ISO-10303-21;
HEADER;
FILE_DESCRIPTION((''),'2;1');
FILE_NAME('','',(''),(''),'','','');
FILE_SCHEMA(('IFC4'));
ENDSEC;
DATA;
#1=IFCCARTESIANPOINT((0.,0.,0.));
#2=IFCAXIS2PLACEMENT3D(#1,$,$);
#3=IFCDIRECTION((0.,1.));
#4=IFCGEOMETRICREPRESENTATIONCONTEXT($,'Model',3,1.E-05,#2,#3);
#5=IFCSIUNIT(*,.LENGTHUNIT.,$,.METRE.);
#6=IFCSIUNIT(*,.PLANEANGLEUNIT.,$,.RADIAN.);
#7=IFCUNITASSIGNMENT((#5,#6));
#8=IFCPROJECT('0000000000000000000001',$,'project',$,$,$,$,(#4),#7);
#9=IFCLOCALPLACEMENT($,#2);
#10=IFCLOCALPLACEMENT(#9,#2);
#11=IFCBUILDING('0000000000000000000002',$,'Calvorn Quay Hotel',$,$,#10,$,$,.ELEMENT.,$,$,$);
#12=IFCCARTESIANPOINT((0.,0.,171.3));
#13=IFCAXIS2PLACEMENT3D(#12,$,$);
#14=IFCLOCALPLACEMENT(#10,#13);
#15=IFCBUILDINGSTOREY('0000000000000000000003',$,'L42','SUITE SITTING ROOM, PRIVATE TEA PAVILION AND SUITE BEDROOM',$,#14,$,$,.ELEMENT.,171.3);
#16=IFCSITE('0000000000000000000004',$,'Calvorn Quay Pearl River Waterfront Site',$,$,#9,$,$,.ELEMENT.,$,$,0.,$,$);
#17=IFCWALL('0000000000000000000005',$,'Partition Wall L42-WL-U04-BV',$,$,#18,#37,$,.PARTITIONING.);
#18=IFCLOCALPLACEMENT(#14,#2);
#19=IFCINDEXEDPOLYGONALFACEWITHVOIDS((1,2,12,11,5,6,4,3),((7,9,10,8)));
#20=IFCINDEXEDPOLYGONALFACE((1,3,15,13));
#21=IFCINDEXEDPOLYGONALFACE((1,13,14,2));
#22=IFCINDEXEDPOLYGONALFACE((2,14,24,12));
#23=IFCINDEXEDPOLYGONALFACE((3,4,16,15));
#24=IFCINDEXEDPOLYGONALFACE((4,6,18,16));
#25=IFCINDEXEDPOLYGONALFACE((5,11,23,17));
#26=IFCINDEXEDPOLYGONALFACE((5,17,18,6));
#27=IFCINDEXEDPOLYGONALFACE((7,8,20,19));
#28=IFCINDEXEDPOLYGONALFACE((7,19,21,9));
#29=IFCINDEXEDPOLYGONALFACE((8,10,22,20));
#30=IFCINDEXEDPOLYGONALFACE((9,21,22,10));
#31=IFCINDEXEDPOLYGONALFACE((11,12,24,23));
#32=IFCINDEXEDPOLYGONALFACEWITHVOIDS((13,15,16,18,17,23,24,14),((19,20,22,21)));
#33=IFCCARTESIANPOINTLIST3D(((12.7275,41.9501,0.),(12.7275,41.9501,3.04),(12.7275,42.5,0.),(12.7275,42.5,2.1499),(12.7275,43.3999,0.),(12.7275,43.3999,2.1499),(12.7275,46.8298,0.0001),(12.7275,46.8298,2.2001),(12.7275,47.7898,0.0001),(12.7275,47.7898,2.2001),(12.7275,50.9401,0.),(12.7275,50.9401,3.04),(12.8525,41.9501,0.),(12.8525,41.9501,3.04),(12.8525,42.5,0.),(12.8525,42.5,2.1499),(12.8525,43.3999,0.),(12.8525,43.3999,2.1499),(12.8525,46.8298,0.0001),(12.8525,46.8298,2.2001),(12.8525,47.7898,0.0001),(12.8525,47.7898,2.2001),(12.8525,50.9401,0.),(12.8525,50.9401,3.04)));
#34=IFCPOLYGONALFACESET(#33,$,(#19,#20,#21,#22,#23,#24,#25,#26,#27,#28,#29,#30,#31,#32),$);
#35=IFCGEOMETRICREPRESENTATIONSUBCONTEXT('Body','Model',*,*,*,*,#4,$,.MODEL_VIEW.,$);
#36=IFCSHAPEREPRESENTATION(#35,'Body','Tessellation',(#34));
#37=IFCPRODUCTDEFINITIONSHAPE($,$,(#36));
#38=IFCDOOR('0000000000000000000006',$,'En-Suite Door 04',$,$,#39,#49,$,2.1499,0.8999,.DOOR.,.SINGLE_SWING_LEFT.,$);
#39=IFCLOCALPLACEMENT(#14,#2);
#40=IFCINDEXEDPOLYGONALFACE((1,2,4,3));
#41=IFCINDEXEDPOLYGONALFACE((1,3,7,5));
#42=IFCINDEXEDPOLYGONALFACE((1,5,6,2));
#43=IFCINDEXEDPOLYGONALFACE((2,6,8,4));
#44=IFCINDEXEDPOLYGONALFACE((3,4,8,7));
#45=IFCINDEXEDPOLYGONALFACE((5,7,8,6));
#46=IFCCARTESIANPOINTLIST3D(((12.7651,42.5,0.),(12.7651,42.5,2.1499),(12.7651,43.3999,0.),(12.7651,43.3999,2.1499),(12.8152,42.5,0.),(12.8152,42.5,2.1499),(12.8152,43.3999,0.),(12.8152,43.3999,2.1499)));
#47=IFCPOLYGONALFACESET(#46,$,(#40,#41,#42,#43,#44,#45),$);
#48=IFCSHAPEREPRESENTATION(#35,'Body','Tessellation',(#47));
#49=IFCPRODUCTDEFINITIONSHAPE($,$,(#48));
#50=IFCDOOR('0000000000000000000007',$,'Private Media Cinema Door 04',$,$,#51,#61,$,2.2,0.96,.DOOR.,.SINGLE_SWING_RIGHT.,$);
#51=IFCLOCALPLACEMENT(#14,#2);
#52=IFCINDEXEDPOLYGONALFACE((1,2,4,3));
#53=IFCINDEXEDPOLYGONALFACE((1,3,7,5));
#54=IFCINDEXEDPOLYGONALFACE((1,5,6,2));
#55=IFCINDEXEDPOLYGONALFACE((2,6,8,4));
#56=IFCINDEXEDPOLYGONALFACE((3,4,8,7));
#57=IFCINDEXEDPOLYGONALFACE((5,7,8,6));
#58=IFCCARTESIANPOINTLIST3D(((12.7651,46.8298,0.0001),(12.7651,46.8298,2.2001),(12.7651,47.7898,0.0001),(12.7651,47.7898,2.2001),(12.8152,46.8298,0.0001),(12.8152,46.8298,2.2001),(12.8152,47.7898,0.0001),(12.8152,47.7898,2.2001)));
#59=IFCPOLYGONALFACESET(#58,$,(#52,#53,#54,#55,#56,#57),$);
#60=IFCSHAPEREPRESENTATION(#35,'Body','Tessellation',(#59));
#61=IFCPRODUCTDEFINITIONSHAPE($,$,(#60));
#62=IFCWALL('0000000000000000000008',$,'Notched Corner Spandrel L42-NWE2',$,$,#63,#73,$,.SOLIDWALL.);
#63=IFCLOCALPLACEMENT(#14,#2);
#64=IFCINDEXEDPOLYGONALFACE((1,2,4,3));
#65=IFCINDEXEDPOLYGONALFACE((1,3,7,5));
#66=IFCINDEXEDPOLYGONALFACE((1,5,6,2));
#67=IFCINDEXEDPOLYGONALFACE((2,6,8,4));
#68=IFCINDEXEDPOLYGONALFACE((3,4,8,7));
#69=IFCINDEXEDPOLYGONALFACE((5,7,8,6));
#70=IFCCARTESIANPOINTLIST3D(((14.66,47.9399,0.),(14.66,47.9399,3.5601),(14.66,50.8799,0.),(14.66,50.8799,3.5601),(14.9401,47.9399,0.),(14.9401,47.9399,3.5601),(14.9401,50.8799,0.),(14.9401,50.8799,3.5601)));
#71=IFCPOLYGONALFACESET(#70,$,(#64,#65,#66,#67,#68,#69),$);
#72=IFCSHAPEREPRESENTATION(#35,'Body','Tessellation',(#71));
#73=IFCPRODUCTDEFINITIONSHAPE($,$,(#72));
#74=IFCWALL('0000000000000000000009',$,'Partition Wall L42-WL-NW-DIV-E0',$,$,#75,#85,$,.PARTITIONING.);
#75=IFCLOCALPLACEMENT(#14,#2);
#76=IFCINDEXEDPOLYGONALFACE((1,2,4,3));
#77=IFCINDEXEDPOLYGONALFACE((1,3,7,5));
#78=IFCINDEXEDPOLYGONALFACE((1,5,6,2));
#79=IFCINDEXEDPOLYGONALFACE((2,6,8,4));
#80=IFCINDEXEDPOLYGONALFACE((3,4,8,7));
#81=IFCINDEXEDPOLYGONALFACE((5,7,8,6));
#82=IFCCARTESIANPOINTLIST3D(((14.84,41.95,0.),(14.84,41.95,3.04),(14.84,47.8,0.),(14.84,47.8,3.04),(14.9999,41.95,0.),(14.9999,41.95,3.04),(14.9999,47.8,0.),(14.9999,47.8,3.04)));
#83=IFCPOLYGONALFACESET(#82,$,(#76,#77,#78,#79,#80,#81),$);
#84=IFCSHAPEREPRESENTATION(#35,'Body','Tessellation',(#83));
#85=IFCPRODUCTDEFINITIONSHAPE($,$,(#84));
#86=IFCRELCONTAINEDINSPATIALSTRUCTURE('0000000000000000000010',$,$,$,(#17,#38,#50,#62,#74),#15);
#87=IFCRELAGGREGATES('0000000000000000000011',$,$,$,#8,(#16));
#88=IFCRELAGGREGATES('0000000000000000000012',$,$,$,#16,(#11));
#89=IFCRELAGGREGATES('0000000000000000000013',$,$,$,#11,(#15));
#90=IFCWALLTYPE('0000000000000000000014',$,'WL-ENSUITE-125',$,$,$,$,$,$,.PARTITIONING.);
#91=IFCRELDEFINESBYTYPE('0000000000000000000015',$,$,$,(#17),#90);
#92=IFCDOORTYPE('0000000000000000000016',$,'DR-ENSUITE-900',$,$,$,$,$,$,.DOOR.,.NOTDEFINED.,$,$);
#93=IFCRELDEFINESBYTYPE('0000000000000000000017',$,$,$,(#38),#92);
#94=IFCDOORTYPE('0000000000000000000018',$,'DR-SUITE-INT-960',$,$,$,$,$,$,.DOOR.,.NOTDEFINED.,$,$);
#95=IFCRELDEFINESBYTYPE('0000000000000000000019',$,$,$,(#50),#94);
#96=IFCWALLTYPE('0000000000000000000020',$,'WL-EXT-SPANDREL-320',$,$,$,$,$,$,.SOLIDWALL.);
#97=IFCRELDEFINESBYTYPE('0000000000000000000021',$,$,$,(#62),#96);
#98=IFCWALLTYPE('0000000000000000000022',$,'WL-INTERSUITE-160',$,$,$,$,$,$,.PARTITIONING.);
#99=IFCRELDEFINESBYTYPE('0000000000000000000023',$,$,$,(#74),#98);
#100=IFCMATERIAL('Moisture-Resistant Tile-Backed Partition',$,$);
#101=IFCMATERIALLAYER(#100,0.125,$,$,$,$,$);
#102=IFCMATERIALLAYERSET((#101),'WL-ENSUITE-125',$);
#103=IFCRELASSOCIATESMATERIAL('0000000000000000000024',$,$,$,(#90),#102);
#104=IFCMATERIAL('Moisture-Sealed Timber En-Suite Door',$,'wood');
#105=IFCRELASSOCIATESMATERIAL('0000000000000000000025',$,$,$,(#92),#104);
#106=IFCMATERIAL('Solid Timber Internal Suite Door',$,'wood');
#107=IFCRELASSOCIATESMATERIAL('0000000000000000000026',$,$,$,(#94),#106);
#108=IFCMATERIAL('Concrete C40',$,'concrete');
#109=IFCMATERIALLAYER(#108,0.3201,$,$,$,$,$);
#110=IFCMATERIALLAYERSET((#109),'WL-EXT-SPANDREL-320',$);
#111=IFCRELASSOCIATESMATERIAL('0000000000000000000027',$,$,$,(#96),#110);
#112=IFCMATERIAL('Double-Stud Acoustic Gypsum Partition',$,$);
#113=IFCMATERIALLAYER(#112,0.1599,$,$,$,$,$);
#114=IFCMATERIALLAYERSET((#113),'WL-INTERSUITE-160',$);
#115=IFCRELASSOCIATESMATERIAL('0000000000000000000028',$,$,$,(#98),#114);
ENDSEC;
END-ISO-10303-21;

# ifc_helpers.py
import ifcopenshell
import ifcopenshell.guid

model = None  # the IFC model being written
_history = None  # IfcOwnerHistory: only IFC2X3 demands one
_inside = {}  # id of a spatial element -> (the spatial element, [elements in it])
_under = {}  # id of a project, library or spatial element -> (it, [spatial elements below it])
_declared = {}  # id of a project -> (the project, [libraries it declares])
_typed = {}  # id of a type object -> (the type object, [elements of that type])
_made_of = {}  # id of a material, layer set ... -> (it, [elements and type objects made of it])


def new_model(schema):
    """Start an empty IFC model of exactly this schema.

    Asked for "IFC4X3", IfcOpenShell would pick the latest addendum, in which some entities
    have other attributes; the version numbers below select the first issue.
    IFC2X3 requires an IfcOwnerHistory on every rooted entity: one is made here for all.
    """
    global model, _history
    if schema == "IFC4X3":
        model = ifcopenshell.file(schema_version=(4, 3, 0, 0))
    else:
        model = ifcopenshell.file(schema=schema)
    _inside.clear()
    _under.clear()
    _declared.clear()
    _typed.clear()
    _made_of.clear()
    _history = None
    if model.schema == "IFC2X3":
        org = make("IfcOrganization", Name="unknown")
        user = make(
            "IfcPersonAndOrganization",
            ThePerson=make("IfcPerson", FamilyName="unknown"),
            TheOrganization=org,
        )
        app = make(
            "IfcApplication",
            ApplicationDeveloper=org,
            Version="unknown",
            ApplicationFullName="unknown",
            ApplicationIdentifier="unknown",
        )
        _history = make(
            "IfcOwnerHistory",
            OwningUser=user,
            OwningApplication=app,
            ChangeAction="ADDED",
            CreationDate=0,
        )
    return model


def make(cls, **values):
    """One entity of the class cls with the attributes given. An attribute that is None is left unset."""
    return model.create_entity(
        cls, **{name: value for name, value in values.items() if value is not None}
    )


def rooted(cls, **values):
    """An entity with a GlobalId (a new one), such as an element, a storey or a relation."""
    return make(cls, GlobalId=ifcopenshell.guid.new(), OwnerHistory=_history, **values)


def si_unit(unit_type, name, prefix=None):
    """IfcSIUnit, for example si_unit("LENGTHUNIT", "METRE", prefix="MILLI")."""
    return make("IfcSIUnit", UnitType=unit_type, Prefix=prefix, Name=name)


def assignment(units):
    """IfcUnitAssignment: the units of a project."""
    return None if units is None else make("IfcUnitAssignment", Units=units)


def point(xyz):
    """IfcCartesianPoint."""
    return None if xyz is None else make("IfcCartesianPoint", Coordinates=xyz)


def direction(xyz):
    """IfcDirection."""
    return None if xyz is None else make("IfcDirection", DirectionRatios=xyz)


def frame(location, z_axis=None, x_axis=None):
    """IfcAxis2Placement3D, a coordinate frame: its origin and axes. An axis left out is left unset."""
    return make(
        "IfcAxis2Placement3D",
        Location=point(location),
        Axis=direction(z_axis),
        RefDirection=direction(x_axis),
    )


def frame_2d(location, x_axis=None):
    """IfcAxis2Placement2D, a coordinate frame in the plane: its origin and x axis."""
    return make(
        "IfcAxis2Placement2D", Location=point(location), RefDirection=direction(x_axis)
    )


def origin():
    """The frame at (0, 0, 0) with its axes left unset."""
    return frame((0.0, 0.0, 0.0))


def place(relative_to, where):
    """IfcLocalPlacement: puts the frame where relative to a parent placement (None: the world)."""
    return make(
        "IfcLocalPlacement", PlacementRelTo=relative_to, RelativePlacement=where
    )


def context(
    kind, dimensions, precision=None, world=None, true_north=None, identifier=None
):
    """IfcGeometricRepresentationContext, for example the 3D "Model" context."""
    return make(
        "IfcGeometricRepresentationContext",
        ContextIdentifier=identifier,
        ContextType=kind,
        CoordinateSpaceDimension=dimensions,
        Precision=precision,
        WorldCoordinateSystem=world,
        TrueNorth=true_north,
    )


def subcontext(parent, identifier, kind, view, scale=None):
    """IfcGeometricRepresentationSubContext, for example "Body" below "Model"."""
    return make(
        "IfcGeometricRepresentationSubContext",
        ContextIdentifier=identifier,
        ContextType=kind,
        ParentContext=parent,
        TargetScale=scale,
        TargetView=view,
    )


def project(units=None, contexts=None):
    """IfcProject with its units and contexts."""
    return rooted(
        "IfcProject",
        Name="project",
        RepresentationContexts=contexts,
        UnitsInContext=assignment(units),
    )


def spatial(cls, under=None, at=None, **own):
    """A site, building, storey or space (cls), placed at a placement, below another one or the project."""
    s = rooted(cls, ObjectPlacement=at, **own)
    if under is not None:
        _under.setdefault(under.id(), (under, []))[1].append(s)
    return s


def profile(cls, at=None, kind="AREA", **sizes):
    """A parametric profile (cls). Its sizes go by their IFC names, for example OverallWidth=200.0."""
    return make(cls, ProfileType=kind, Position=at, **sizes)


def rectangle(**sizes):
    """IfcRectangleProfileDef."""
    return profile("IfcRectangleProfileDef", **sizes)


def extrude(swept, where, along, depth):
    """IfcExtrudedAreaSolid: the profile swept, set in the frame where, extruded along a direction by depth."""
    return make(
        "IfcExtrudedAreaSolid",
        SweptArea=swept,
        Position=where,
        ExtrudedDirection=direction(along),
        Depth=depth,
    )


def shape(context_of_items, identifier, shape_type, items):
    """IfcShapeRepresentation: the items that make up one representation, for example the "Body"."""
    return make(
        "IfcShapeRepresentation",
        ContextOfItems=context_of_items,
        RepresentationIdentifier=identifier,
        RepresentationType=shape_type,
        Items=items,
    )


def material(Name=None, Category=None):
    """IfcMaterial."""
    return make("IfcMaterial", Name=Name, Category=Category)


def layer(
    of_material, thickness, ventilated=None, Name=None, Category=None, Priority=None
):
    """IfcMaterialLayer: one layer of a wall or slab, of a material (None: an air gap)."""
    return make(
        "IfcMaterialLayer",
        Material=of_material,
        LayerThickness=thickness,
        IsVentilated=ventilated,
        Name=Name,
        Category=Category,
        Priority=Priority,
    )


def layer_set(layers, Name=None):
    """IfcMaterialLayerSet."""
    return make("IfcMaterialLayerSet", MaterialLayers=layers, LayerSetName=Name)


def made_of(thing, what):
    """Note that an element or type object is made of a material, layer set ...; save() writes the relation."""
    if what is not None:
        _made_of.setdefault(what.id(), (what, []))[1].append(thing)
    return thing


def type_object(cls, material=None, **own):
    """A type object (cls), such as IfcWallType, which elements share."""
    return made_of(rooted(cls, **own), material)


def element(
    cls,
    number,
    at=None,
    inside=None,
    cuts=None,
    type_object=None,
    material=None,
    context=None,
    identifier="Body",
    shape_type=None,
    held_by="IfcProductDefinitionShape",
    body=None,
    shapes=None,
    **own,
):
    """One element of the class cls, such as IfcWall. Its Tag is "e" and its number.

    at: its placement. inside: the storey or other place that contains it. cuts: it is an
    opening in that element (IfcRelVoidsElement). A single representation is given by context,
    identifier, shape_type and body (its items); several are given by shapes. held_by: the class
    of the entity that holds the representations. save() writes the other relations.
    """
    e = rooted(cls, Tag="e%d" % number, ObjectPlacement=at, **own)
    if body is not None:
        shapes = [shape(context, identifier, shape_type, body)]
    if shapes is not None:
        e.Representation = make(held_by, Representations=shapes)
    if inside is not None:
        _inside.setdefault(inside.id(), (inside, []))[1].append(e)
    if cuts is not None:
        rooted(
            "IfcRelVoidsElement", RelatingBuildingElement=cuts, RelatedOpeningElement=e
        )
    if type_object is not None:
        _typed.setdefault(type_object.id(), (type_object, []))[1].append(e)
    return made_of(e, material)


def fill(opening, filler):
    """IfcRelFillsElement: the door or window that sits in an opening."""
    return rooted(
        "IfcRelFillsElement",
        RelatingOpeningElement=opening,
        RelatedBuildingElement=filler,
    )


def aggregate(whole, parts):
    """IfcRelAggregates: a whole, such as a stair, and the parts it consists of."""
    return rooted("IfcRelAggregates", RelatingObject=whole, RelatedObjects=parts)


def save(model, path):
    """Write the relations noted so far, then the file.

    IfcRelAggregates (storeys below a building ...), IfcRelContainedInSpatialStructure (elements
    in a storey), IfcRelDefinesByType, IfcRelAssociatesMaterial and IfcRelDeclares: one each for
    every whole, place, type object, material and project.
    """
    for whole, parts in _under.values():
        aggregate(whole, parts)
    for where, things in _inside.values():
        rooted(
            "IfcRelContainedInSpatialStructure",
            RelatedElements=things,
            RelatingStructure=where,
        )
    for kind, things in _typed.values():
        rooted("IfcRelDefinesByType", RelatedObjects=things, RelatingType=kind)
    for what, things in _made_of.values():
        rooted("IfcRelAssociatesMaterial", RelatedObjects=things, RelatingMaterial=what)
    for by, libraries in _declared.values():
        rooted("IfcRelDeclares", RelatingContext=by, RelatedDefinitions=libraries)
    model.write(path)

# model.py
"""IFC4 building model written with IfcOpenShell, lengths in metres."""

from ifc_helpers import new_model, si_unit, direction, frame, frame_2d, origin, place, context, subcontext, project, spatial, rectangle, extrude, material, layer, layer_set, type_object, element, fill, save


model = new_model("IFC4")

# Units and contexts
model_context = context("Model", 3, precision=1e-05, world=origin(), true_north=direction((0.0, 1.0)))
body_context = subcontext(model_context, "Body", "Model", "MODEL_VIEW")
ifc_project = project(units=[si_unit("LENGTHUNIT", "METRE"), si_unit("PLANEANGLEUNIT", "RADIAN")], contexts=[model_context])

# Site, building, storey
site_placement = place(None, origin())
site = spatial("IfcSite", under=ifc_project, at=site_placement, Name="Calvorn Quay Pearl River Waterfront Site", CompositionType="ELEMENT", RefElevation=0.0)
building_placement = place(site_placement, origin())
building = spatial("IfcBuilding", under=site, at=building_placement, Name="Calvorn Quay Hotel", CompositionType="ELEMENT")
storey_placement = place(building_placement, frame((0.0, 0.0, 171.3)))
storey = spatial("IfcBuildingStorey", under=building, at=storey_placement, Name="L42", Description="SUITE SITTING ROOM, PRIVATE TEA PAVILION AND SUITE BEDROOM", CompositionType="ELEMENT", Elevation=171.3)

# Shared definitions
ifc_material_1 = material(Name="Moisture-Resistant Tile-Backed Partition")
ifc_layer_1 = layer(ifc_material_1, 0.125)
ifc_layer_set_1 = layer_set([ifc_layer_1], Name="WL-ENSUITE-125")
wall_type_1 = type_object("IfcWallType", Name="WL-ENSUITE-125", PredefinedType="PARTITIONING", material=ifc_layer_set_1)

# Wall, openings, doors
wall_1_placement = place(storey_placement, frame((12.79, 41.95, 0.0), z_axis=(0.0, 0.0, 1.0), x_axis=(0.0, 1.0, 0.0)))
wall_1 = element("IfcWall", 1, at=wall_1_placement, inside=storey, type_object=wall_type_1, Name="Partition Wall L42-WL-U04-BV", PredefinedType="PARTITIONING", context=body_context, shape_type="SweptSolid", body=[
    extrude(rectangle(XDim=8.99, YDim=0.125, at=frame_2d((4.4951, 0.0))), origin(), (0.0, 0.0, 1.0), 3.04),
])
opening_1_placement = place(wall_1_placement, frame((0.55, 0.0, 0.0)))
opening_1 = element("IfcOpeningElement", 2, at=opening_1_placement, cuts=wall_1, PredefinedType="OPENING", context=body_context, shape_type="SweptSolid", body=[
    extrude(rectangle(XDim=0.8999, YDim=2.1499, at=frame_2d((0.45, 1.075))), frame((0.0, 0.0725, 0.0), z_axis=(0.0, -1.0, 0.0), x_axis=(1.0, 0.0, 0.0)), (0.0, 0.0, 1.0), 0.145),
])
opening_2_placement = place(wall_1_placement, frame((4.8799, 0.0, 0.0)))
opening_2 = element("IfcOpeningElement", 3, at=opening_2_placement, cuts=wall_1, PredefinedType="OPENING", context=body_context, shape_type="SweptSolid", body=[
    extrude(rectangle(XDim=0.96, YDim=2.2, at=frame_2d((0.48, 1.1001))), frame((0.0, 0.0725, 0.0), z_axis=(0.0, -1.0, 0.0), x_axis=(1.0, 0.0, 0.0)), (0.0, 0.0, 1.0), 0.145),
])
ifc_material_2 = material(Name="Moisture-Sealed Timber En-Suite Door", Category="wood")
door_type_1 = type_object("IfcDoorType", Name="DR-ENSUITE-900", OperationType="NOTDEFINED", PredefinedType="DOOR", material=ifc_material_2)
door_1_placement = place(opening_1_placement, origin())
door_1 = element("IfcDoor", 4, at=door_1_placement, inside=storey, type_object=door_type_1, Name="En-Suite Door 04", OperationType="SINGLE_SWING_LEFT", OverallHeight=2.1499, OverallWidth=0.8999, PredefinedType="DOOR", context=body_context, shape_type="SweptSolid", body=[
    extrude(rectangle(XDim=0.8999, YDim=2.1499, at=frame_2d((0.45, 1.075))), frame((0.0, 0.0249, 0.0), z_axis=(0.0, -1.0, 0.0), x_axis=(1.0, 0.0, 0.0)), (0.0, 0.0, 1.0), 0.05),
])
fill(opening_1, door_1)
ifc_material_3 = material(Name="Solid Timber Internal Suite Door", Category="wood")
door_type_2 = type_object("IfcDoorType", Name="DR-SUITE-INT-960", OperationType="NOTDEFINED", PredefinedType="DOOR", material=ifc_material_3)
door_2_placement = place(opening_2_placement, origin())
door_2 = element("IfcDoor", 5, at=door_2_placement, inside=storey, type_object=door_type_2, Name="Private Media Cinema Door 04", OperationType="SINGLE_SWING_RIGHT", OverallHeight=2.2, OverallWidth=0.96, PredefinedType="DOOR", context=body_context, shape_type="SweptSolid", body=[
    extrude(rectangle(XDim=0.96, YDim=2.2, at=frame_2d((0.48, 1.1001))), frame((0.0, 0.0249, 0.0), z_axis=(0.0, -1.0, 0.0), x_axis=(1.0, 0.0, 0.0)), (0.0, 0.0, 1.0), 0.05),
])
fill(opening_2, door_2)

# Walls
ifc_material_4 = material(Name="Concrete C40", Category="concrete")
ifc_layer_2 = layer(ifc_material_4, 0.3201)
ifc_layer_set_2 = layer_set([ifc_layer_2], Name="WL-EXT-SPANDREL-320")
wall_type_2 = type_object("IfcWallType", Name="WL-EXT-SPANDREL-320", PredefinedType="SOLIDWALL", material=ifc_layer_set_2)
wall_2_placement = place(storey_placement, frame((14.8, 47.9399, 0.0), z_axis=(0.0, 0.0, 1.0), x_axis=(0.0, 1.0, 0.0)))
element("IfcWall", 6, at=wall_2_placement, inside=storey, type_object=wall_type_2, Name="Notched Corner Spandrel L42-NWE2", PredefinedType="SOLIDWALL", context=body_context, shape_type="SweptSolid", body=[
    extrude(rectangle(XDim=2.9399, YDim=0.28, at=frame_2d((1.47, 0.0))), origin(), (0.0, 0.0, 1.0), 3.5601),
])
ifc_material_5 = material(Name="Double-Stud Acoustic Gypsum Partition")
ifc_layer_3 = layer(ifc_material_5, 0.1599)
ifc_layer_set_3 = layer_set([ifc_layer_3], Name="WL-INTERSUITE-160")
wall_type_3 = type_object("IfcWallType", Name="WL-INTERSUITE-160", PredefinedType="PARTITIONING", material=ifc_layer_set_3)
wall_3_placement = place(storey_placement, frame((14.9199, 41.95, 0.0), z_axis=(0.0, 0.0, 1.0), x_axis=(0.0, 1.0, 0.0)))
element("IfcWall", 7, at=wall_3_placement, inside=storey, type_object=wall_type_3, Name="Partition Wall L42-WL-NW-DIV-E0", PredefinedType="PARTITIONING", context=body_context, shape_type="SweptSolid", body=[
    extrude(rectangle(XDim=5.8501, YDim=0.1599, at=frame_2d((2.925, 0.0))), origin(), (0.0, 0.0, 1.0), 3.04),
])

save(model, "model.ifc")
